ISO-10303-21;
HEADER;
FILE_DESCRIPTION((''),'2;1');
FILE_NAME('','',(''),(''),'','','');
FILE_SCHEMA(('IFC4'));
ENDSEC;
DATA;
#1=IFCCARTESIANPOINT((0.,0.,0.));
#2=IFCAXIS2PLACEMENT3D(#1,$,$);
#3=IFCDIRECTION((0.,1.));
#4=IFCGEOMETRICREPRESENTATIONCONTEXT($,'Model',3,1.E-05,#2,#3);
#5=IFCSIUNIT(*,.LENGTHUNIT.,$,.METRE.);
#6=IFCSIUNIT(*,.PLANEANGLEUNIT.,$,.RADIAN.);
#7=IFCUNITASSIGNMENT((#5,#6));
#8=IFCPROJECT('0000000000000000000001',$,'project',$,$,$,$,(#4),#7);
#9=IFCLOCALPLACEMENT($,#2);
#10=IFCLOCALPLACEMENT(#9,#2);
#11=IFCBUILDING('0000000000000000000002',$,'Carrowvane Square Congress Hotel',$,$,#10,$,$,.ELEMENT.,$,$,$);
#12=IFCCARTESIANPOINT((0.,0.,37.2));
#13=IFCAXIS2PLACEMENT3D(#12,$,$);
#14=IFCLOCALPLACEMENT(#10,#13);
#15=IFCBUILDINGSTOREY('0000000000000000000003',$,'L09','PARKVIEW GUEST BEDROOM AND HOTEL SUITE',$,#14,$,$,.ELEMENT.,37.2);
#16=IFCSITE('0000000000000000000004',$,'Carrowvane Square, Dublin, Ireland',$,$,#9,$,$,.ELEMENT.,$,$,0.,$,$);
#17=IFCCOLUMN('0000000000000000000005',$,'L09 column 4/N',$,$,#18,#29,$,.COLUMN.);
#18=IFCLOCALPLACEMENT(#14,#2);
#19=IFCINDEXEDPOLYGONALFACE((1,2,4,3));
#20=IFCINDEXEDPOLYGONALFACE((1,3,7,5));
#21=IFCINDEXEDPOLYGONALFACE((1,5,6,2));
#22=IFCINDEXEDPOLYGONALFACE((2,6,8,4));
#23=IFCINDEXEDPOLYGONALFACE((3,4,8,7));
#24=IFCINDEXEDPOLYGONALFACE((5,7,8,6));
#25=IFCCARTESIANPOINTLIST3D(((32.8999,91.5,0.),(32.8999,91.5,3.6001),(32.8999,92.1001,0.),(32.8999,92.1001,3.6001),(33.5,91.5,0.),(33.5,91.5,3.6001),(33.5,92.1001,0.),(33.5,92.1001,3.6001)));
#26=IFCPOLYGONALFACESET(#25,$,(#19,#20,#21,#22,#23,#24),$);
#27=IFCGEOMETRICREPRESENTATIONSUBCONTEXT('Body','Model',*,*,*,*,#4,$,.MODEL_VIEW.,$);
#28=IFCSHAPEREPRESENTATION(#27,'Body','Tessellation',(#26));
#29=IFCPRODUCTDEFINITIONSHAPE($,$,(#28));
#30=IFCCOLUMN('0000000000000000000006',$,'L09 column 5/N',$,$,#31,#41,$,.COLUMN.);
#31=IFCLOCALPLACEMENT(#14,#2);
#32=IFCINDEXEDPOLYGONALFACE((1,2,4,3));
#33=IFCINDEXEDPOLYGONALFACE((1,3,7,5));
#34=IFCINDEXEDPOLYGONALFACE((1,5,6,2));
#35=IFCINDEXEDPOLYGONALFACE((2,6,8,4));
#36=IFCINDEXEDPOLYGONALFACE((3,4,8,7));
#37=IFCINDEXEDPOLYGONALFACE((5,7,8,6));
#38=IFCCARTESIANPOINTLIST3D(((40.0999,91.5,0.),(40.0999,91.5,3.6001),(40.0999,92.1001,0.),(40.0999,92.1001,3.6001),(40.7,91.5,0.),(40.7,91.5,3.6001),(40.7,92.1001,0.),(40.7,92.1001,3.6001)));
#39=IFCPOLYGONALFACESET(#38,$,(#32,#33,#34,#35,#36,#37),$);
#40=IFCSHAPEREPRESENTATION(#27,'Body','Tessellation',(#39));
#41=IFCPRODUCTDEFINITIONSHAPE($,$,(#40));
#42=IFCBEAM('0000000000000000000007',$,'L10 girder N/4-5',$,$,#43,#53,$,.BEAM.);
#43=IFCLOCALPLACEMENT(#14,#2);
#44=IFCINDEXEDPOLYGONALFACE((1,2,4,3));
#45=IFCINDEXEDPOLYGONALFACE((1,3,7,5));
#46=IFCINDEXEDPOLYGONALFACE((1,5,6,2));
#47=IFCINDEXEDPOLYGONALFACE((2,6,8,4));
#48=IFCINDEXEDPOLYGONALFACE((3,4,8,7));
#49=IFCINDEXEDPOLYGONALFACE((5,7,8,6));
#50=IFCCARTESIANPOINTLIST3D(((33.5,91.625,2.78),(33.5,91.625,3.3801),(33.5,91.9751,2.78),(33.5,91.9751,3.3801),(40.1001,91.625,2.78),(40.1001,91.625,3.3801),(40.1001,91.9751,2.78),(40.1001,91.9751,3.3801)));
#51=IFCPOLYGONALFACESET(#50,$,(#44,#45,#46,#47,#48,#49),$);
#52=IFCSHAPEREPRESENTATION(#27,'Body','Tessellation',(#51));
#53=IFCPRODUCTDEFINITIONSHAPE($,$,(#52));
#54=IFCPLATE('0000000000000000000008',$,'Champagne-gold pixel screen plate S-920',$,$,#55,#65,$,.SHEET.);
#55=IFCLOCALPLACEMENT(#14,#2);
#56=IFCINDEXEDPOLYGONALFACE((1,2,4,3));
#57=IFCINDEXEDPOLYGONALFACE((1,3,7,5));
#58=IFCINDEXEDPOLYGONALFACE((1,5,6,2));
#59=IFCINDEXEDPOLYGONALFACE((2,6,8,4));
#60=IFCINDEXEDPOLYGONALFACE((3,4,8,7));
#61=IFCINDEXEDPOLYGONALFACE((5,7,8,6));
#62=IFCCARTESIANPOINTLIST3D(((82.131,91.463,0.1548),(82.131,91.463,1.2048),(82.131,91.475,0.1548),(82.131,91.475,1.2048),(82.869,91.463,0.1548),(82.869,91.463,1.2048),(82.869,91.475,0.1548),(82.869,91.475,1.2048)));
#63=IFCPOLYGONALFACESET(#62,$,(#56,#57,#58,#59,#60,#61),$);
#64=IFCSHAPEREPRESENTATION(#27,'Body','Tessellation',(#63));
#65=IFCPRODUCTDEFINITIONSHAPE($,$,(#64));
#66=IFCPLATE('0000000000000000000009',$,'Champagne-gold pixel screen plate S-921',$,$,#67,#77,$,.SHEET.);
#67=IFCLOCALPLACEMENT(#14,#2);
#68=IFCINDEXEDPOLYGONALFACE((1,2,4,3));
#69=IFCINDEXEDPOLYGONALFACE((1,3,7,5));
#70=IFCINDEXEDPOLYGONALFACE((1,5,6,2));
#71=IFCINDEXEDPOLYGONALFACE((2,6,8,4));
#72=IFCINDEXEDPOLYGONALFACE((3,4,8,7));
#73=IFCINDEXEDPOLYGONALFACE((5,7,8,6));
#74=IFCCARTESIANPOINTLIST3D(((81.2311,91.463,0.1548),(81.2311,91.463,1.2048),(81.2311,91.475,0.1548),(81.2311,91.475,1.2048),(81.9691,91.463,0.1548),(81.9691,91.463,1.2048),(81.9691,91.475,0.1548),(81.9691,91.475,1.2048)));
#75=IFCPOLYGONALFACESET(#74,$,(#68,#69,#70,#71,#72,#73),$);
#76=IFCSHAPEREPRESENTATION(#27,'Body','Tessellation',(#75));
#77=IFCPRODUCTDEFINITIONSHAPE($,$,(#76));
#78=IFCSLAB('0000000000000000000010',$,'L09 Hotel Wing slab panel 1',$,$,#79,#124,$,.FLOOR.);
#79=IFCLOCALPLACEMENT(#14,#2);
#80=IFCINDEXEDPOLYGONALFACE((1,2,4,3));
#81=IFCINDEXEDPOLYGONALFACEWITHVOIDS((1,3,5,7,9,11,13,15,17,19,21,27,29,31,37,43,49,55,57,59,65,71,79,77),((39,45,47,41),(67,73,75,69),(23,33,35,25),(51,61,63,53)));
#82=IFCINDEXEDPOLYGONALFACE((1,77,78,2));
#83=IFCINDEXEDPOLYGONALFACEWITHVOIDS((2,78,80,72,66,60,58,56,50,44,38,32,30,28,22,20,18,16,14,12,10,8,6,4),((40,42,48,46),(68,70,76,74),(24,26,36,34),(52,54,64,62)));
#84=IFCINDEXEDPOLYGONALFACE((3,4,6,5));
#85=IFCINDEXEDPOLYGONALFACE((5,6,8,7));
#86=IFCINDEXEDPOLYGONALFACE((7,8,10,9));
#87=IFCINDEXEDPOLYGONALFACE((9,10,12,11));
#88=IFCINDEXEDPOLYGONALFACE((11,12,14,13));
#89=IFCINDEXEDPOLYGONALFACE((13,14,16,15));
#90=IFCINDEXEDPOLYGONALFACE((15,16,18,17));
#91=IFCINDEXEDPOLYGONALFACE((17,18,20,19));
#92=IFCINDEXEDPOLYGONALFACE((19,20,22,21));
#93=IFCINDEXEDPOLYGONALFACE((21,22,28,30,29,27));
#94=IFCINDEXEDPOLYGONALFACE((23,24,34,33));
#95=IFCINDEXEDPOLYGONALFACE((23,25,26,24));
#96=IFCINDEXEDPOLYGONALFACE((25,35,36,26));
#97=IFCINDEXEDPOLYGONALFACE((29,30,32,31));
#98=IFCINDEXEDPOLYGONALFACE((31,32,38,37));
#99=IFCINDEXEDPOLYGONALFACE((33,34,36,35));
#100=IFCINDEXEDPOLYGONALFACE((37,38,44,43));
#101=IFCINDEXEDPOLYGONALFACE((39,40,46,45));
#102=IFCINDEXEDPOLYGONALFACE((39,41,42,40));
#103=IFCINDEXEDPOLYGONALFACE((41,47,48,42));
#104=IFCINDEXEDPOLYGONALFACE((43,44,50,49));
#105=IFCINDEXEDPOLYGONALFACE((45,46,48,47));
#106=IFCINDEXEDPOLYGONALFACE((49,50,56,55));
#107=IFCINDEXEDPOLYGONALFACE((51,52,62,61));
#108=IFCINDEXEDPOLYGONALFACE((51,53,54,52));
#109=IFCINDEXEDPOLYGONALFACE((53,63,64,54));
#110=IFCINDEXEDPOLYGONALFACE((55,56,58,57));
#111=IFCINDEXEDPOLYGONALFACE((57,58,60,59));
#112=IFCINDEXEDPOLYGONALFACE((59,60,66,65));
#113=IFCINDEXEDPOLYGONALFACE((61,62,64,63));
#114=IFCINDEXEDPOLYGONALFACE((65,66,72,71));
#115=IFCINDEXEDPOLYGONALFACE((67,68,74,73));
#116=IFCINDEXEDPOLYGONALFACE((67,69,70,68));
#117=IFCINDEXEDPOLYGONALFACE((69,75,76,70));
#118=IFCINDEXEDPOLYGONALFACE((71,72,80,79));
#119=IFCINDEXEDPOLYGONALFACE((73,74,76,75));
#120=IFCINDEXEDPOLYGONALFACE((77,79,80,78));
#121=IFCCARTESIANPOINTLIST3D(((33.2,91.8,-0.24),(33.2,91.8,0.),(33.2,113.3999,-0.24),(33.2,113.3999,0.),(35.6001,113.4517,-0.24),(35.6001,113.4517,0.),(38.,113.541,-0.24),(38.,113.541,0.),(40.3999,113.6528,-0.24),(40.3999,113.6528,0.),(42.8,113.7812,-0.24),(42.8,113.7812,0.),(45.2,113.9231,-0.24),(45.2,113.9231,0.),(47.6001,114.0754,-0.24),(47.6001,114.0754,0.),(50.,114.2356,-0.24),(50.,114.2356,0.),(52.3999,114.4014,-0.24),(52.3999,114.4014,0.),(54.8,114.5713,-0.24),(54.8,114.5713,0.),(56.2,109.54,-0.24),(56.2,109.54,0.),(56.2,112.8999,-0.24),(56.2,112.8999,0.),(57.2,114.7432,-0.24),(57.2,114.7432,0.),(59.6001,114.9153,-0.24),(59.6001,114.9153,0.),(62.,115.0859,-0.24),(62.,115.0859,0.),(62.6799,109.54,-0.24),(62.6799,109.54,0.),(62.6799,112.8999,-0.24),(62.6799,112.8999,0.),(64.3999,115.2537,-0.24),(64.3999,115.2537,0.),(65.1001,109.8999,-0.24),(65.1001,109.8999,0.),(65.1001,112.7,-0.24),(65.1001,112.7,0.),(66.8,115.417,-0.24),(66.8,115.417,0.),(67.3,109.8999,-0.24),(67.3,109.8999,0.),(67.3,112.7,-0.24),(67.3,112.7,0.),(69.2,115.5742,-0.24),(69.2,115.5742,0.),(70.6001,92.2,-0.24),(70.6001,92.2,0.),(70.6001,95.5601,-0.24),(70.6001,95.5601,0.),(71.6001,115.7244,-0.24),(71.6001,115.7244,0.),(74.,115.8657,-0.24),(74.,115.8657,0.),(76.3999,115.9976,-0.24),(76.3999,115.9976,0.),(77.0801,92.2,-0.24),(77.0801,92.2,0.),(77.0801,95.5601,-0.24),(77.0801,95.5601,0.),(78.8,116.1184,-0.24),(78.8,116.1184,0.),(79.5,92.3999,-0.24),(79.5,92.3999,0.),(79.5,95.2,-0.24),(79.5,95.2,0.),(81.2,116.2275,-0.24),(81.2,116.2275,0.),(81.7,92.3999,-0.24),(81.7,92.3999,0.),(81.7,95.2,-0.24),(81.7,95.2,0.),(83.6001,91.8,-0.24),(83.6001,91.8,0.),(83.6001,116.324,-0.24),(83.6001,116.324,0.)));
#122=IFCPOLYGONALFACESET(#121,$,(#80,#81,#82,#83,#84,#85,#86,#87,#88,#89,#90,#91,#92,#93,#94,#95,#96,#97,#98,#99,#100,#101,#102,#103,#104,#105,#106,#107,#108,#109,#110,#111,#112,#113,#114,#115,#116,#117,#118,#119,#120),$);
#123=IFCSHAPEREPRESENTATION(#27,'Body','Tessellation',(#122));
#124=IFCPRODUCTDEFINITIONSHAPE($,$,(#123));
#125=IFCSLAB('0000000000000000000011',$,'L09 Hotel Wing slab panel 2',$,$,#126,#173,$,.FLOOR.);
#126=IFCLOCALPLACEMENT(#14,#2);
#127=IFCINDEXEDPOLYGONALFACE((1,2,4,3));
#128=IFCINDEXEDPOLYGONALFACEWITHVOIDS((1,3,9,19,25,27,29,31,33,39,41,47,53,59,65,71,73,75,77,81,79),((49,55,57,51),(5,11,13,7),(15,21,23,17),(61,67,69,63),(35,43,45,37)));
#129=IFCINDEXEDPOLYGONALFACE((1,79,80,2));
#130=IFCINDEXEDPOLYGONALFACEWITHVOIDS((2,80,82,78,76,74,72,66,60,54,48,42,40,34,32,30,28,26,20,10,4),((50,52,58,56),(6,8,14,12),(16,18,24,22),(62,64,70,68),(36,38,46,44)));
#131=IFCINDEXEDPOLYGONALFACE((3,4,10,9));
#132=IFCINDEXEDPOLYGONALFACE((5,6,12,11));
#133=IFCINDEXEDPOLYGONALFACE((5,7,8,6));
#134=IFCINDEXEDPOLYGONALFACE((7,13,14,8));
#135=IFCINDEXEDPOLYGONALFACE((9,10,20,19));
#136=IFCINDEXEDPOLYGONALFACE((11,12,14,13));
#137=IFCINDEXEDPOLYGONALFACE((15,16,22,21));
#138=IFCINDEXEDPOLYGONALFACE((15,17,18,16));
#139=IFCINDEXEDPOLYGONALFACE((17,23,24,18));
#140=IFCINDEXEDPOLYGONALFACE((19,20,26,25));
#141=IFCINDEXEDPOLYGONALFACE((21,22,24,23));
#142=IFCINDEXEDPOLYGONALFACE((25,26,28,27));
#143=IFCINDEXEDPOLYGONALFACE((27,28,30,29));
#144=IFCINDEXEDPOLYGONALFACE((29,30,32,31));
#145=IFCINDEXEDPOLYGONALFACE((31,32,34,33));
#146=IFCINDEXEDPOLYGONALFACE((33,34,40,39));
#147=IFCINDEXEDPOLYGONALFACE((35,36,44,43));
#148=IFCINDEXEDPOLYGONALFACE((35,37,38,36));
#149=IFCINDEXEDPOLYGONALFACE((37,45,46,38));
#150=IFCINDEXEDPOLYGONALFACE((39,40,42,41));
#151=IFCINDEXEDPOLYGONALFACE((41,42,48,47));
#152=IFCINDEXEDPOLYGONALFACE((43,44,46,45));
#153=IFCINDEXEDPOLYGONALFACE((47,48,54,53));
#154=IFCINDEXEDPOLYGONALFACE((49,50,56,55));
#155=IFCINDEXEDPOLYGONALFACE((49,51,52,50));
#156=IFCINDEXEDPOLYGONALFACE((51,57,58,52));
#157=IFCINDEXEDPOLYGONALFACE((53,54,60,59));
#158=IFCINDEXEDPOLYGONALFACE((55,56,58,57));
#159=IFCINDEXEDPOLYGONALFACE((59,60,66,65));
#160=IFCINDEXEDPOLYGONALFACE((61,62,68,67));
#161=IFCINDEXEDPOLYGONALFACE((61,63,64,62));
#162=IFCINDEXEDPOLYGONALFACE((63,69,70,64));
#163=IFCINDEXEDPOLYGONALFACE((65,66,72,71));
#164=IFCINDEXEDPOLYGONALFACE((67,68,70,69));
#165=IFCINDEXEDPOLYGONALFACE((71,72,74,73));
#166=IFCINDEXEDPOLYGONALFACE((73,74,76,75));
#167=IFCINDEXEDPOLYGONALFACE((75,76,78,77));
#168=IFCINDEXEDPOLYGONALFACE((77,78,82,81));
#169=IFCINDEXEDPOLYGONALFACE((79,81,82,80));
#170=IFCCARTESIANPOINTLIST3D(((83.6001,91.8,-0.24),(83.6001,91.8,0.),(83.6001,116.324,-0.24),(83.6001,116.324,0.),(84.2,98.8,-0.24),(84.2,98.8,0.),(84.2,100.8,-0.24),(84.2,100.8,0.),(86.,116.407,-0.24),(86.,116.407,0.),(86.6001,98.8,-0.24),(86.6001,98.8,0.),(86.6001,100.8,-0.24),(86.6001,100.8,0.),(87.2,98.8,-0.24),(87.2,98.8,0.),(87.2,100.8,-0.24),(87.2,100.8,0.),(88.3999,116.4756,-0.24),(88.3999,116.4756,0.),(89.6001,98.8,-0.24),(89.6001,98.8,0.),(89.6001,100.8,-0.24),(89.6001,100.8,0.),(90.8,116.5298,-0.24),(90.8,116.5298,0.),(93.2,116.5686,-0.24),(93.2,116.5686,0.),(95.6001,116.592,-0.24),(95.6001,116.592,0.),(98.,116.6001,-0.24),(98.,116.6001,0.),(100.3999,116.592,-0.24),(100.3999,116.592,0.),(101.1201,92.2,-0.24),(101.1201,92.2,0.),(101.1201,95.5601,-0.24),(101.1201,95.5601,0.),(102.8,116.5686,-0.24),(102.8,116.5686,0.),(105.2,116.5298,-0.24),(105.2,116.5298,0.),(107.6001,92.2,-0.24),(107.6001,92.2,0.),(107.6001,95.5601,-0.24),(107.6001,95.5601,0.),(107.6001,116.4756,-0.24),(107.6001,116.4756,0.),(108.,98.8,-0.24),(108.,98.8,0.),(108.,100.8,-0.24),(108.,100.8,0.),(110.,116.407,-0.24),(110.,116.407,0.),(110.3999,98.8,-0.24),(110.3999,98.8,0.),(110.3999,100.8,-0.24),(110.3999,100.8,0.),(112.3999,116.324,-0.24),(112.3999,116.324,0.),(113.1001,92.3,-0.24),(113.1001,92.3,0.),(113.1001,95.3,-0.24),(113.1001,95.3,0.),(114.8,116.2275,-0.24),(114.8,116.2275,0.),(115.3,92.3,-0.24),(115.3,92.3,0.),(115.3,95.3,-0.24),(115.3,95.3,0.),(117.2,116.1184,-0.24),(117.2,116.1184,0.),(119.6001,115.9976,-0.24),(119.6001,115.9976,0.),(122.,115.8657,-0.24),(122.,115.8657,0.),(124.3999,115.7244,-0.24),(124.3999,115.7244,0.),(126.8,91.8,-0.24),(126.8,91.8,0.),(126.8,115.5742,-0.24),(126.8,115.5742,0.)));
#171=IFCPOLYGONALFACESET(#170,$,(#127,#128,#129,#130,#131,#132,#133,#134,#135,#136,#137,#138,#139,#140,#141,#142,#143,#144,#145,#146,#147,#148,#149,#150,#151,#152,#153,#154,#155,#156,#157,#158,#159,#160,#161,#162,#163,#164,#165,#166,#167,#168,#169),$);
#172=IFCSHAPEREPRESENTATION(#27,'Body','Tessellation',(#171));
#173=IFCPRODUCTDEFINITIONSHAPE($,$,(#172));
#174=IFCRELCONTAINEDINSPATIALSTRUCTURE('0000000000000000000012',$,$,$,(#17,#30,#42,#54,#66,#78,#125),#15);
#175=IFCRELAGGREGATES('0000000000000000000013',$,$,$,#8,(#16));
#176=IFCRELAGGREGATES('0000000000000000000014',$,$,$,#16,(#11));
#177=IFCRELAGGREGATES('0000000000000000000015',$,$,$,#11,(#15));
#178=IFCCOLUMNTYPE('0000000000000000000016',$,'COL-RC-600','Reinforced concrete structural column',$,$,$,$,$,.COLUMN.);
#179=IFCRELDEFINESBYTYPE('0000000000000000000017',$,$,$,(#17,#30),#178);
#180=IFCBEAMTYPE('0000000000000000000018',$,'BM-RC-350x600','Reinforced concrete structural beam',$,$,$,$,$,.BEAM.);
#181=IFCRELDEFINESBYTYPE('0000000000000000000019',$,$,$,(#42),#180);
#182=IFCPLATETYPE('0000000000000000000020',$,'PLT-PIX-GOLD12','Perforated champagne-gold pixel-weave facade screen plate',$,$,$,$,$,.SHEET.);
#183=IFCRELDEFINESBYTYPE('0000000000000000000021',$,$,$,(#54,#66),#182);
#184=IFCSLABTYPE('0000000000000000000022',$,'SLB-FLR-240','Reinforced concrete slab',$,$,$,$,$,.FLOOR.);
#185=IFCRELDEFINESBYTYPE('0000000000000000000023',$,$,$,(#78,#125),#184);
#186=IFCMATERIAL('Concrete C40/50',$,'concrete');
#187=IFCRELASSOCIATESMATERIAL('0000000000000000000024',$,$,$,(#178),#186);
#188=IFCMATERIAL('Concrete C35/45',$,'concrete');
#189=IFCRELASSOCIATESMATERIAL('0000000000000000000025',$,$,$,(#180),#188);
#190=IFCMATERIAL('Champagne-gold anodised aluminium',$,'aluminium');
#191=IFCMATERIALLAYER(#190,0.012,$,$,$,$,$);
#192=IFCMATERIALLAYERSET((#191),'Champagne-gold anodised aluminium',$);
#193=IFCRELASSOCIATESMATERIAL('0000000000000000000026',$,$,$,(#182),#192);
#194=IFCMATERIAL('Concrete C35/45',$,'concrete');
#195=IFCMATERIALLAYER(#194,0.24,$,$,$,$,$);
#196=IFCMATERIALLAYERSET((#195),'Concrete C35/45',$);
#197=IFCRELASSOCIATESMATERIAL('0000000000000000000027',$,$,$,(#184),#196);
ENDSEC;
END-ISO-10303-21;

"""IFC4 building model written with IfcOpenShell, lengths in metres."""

from ifc_helpers import new_model, si_unit, direction, frame, origin, origin_2d, place, context, subcontext, project, spatial, polyline, rectangle, outline, extrude, material, layer, layer_set, material_profile, profile_set, type_object, element, save


model = new_model("IFC4")

# Units and contexts
model_context = context("Model", 3, precision=1e-05, world=origin(), true_north=direction((0.0, 1.0)))
body_context = subcontext(model_context, "Body", "Model", "MODEL_VIEW")
ifc_project = project(units=[si_unit("LENGTHUNIT", "METRE"), si_unit("PLANEANGLEUNIT", "RADIAN")], contexts=[model_context])

# Site, building, storey
site_placement = place(None, origin())
site = spatial("IfcSite", under=ifc_project, at=site_placement, Name="Carrowvane Square, Dublin, Ireland", CompositionType="ELEMENT", RefElevation=0.0)
building_placement = place(site_placement, origin())
building = spatial("IfcBuilding", under=site, at=building_placement, Name="Carrowvane Square Congress Hotel", CompositionType="ELEMENT")
storey_placement = place(building_placement, frame((0.0, 0.0, 37.2)))
storey = spatial("IfcBuildingStorey", under=building, at=storey_placement, Name="L09", Description="PARKVIEW GUEST BEDROOM AND HOTEL SUITE", CompositionType="ELEMENT", Elevation=37.2)

# Columns
ifc_material_1 = material(Name="Concrete C40/50", Category="concrete")
ifc_material_profile_1 = material_profile(ifc_material_1, rectangle(XDim=0.6001, YDim=0.6001, at=origin_2d()), Name="RC 600x600")
ifc_profile_set_1 = profile_set([ifc_material_profile_1], Name="Concrete C40/50")
column_type = type_object("IfcColumnType", Name="COL-RC-600", Description="Reinforced concrete structural column", PredefinedType="COLUMN", material=ifc_profile_set_1)
for number, where, z_axis, x_axis, name in (
    (1, (33.2, 91.8, 0.0), (0.0, 0.0, 1.0), (1.0, 0.0, 0.0), "L09 column 4/N"),
    (2, (40.3999, 91.8, 0.0), (0.0, 0.0, 1.0), (1.0, 0.0, 0.0), "L09 column 5/N"),
):
    element("IfcColumn", number, at=place(storey_placement, frame(where, z_axis=z_axis, x_axis=x_axis)), inside=storey, type_object=column_type, Name=name, PredefinedType="COLUMN", context=body_context, shape_type="SweptSolid", body=[
        extrude(rectangle(XDim=0.6001, YDim=0.6001, at=origin_2d()), origin(), (0.0, 0.0, 1.0), 3.6001),
    ])

# Beam
ifc_material_2 = material(Name="Concrete C35/45", Category="concrete")
ifc_material_profile_2 = material_profile(ifc_material_2, rectangle(XDim=0.3501, YDim=0.6001, at=origin_2d()), Name="RC 350x600")
ifc_profile_set_2 = profile_set([ifc_material_profile_2], Name="Concrete C35/45")
beam_type = type_object("IfcBeamType", Name="BM-RC-350x600", Description="Reinforced concrete structural beam", PredefinedType="BEAM", material=ifc_profile_set_2)
beam_placement = place(storey_placement, frame((33.5, 91.8, 3.0801), z_axis=(1.0, 0.0, 0.0), x_axis=(0.0, 1.0, 0.0)))
element("IfcBeam", 3, at=beam_placement, inside=storey, type_object=beam_type, Name="L10 girder N/4-5", PredefinedType="BEAM", context=body_context, shape_type="SweptSolid", body=[
    extrude(rectangle(XDim=0.3501, YDim=0.6001, at=origin_2d()), origin(), (0.0, 0.0, 1.0), 6.6001),
])

# Plates
ifc_material_3 = material(Name="Champagne-gold anodised aluminium", Category="aluminium")
ifc_layer_1 = layer(ifc_material_3, 0.012)
ifc_layer_set_1 = layer_set([ifc_layer_1], Name="Champagne-gold anodised aluminium")
plate_type = type_object("IfcPlateType", Name="PLT-PIX-GOLD12", Description="Perforated champagne-gold pixel-weave facade screen plate", PredefinedType="SHEET", material=ifc_layer_set_1)
for number, where, z_axis, x_axis, name in (
    (4, (82.5, 91.469, 0.1548), (0.0, 0.0, 1.0), (-1.0, 0.0, 0.0), "Champagne-gold pixel screen plate S-920"),
    (5, (81.6001, 91.469, 0.1548), (0.0, 0.0, 1.0), (-1.0, 0.0, 0.0), "Champagne-gold pixel screen plate S-921"),
):
    element("IfcPlate", number, at=place(storey_placement, frame(where, z_axis=z_axis, x_axis=x_axis)), inside=storey, type_object=plate_type, Name=name, PredefinedType="SHEET", context=body_context, shape_type="SweptSolid", body=[
        extrude(rectangle(XDim=0.738, YDim=0.012, at=origin_2d()), origin(), (0.0, 0.0, 1.0), 1.05),
    ])

# Slabs
ifc_material_4 = material(Name="Concrete C35/45", Category="concrete")
ifc_layer_2 = layer(ifc_material_4, 0.24)
ifc_layer_set_2 = layer_set([ifc_layer_2], Name="Concrete C35/45")
slab_type_1 = type_object("IfcSlabType", Name="SLB-FLR-240", Description="Reinforced concrete slab", PredefinedType="FLOOR", material=ifc_layer_set_2)
slab_1_placement = place(storey_placement, frame((0.0, 0.0, -0.24)))
element("IfcSlab", 6, at=slab_1_placement, inside=storey, type_object=slab_type_1, Name="L09 Hotel Wing slab panel 1", PredefinedType="FLOOR", context=body_context, shape_type="SweptSolid", body=[
    extrude(outline(polyline([(33.2, 91.8), (83.6001, 91.8), (83.6001, 116.324), (81.2, 116.2275), (78.8, 116.1184), (76.3999, 115.9976), (74.0, 115.8657), (71.6001, 115.7244), (69.2, 115.5742), (66.8, 115.417), (64.3999, 115.2537), (62.0, 115.0859), (59.6001, 114.9153), (57.2, 114.7432), (54.8, 114.5713), (52.3999, 114.4014), (50.0, 114.2356), (47.6001, 114.0754), (45.2, 113.9231), (42.8, 113.7812), (40.3999, 113.6528), (38.0, 113.541), (35.6001, 113.4517), (33.2, 113.3999), (33.2, 91.8)]), holes=[polyline([(62.6799, 112.8999), (56.2, 112.8999), (56.2, 109.54), (62.6799, 109.54), (62.6799, 112.8999)]), polyline([(77.0801, 95.5601), (70.6001, 95.5601), (70.6001, 92.2), (77.0801, 92.2), (77.0801, 95.5601)]), polyline([(65.1001, 109.8999), (67.3, 109.8999), (67.3, 112.7), (65.1001, 112.7), (65.1001, 109.8999)]), polyline([(79.5, 92.3999), (81.7, 92.3999), (81.7, 95.2), (79.5, 95.2), (79.5, 92.3999)])]), origin(), (0.0, 0.0, 1.0), 0.24),
])
slab_2_placement = place(storey_placement, frame((0.0, 0.0, -0.24)))
element("IfcSlab", 7, at=slab_2_placement, inside=storey, type_object=slab_type_1, Name="L09 Hotel Wing slab panel 2", PredefinedType="FLOOR", context=body_context, shape_type="SweptSolid", body=[
    extrude(outline(polyline([(83.6001, 91.8), (126.8, 91.8), (126.8, 115.5742), (124.3999, 115.7244), (122.0, 115.8657), (119.6001, 115.9976), (117.2, 116.1184), (114.8, 116.2275), (112.3999, 116.324), (110.0, 116.407), (107.6001, 116.4756), (105.2, 116.5298), (102.8, 116.5686), (100.3999, 116.592), (98.0, 116.6001), (95.6001, 116.592), (93.2, 116.5686), (90.8, 116.5298), (88.3999, 116.4756), (86.0, 116.407), (83.6001, 116.324), (83.6001, 91.8)]), holes=[polyline([(101.1201, 92.2), (107.6001, 92.2), (107.6001, 95.5601), (101.1201, 95.5601), (101.1201, 92.2)]), polyline([(84.2, 98.8), (86.6001, 98.8), (86.6001, 100.8), (84.2, 100.8), (84.2, 98.8)]), polyline([(87.2, 98.8), (89.6001, 98.8), (89.6001, 100.8), (87.2, 100.8), (87.2, 98.8)]), polyline([(108.0, 98.8), (110.3999, 98.8), (110.3999, 100.8), (108.0, 100.8), (108.0, 98.8)]), polyline([(113.1001, 92.3), (115.3, 92.3), (115.3, 95.3), (113.1001, 95.3), (113.1001, 92.3)])]), origin(), (0.0, 0.0, 1.0), 0.24),
])

save(model, "model.ifc")
